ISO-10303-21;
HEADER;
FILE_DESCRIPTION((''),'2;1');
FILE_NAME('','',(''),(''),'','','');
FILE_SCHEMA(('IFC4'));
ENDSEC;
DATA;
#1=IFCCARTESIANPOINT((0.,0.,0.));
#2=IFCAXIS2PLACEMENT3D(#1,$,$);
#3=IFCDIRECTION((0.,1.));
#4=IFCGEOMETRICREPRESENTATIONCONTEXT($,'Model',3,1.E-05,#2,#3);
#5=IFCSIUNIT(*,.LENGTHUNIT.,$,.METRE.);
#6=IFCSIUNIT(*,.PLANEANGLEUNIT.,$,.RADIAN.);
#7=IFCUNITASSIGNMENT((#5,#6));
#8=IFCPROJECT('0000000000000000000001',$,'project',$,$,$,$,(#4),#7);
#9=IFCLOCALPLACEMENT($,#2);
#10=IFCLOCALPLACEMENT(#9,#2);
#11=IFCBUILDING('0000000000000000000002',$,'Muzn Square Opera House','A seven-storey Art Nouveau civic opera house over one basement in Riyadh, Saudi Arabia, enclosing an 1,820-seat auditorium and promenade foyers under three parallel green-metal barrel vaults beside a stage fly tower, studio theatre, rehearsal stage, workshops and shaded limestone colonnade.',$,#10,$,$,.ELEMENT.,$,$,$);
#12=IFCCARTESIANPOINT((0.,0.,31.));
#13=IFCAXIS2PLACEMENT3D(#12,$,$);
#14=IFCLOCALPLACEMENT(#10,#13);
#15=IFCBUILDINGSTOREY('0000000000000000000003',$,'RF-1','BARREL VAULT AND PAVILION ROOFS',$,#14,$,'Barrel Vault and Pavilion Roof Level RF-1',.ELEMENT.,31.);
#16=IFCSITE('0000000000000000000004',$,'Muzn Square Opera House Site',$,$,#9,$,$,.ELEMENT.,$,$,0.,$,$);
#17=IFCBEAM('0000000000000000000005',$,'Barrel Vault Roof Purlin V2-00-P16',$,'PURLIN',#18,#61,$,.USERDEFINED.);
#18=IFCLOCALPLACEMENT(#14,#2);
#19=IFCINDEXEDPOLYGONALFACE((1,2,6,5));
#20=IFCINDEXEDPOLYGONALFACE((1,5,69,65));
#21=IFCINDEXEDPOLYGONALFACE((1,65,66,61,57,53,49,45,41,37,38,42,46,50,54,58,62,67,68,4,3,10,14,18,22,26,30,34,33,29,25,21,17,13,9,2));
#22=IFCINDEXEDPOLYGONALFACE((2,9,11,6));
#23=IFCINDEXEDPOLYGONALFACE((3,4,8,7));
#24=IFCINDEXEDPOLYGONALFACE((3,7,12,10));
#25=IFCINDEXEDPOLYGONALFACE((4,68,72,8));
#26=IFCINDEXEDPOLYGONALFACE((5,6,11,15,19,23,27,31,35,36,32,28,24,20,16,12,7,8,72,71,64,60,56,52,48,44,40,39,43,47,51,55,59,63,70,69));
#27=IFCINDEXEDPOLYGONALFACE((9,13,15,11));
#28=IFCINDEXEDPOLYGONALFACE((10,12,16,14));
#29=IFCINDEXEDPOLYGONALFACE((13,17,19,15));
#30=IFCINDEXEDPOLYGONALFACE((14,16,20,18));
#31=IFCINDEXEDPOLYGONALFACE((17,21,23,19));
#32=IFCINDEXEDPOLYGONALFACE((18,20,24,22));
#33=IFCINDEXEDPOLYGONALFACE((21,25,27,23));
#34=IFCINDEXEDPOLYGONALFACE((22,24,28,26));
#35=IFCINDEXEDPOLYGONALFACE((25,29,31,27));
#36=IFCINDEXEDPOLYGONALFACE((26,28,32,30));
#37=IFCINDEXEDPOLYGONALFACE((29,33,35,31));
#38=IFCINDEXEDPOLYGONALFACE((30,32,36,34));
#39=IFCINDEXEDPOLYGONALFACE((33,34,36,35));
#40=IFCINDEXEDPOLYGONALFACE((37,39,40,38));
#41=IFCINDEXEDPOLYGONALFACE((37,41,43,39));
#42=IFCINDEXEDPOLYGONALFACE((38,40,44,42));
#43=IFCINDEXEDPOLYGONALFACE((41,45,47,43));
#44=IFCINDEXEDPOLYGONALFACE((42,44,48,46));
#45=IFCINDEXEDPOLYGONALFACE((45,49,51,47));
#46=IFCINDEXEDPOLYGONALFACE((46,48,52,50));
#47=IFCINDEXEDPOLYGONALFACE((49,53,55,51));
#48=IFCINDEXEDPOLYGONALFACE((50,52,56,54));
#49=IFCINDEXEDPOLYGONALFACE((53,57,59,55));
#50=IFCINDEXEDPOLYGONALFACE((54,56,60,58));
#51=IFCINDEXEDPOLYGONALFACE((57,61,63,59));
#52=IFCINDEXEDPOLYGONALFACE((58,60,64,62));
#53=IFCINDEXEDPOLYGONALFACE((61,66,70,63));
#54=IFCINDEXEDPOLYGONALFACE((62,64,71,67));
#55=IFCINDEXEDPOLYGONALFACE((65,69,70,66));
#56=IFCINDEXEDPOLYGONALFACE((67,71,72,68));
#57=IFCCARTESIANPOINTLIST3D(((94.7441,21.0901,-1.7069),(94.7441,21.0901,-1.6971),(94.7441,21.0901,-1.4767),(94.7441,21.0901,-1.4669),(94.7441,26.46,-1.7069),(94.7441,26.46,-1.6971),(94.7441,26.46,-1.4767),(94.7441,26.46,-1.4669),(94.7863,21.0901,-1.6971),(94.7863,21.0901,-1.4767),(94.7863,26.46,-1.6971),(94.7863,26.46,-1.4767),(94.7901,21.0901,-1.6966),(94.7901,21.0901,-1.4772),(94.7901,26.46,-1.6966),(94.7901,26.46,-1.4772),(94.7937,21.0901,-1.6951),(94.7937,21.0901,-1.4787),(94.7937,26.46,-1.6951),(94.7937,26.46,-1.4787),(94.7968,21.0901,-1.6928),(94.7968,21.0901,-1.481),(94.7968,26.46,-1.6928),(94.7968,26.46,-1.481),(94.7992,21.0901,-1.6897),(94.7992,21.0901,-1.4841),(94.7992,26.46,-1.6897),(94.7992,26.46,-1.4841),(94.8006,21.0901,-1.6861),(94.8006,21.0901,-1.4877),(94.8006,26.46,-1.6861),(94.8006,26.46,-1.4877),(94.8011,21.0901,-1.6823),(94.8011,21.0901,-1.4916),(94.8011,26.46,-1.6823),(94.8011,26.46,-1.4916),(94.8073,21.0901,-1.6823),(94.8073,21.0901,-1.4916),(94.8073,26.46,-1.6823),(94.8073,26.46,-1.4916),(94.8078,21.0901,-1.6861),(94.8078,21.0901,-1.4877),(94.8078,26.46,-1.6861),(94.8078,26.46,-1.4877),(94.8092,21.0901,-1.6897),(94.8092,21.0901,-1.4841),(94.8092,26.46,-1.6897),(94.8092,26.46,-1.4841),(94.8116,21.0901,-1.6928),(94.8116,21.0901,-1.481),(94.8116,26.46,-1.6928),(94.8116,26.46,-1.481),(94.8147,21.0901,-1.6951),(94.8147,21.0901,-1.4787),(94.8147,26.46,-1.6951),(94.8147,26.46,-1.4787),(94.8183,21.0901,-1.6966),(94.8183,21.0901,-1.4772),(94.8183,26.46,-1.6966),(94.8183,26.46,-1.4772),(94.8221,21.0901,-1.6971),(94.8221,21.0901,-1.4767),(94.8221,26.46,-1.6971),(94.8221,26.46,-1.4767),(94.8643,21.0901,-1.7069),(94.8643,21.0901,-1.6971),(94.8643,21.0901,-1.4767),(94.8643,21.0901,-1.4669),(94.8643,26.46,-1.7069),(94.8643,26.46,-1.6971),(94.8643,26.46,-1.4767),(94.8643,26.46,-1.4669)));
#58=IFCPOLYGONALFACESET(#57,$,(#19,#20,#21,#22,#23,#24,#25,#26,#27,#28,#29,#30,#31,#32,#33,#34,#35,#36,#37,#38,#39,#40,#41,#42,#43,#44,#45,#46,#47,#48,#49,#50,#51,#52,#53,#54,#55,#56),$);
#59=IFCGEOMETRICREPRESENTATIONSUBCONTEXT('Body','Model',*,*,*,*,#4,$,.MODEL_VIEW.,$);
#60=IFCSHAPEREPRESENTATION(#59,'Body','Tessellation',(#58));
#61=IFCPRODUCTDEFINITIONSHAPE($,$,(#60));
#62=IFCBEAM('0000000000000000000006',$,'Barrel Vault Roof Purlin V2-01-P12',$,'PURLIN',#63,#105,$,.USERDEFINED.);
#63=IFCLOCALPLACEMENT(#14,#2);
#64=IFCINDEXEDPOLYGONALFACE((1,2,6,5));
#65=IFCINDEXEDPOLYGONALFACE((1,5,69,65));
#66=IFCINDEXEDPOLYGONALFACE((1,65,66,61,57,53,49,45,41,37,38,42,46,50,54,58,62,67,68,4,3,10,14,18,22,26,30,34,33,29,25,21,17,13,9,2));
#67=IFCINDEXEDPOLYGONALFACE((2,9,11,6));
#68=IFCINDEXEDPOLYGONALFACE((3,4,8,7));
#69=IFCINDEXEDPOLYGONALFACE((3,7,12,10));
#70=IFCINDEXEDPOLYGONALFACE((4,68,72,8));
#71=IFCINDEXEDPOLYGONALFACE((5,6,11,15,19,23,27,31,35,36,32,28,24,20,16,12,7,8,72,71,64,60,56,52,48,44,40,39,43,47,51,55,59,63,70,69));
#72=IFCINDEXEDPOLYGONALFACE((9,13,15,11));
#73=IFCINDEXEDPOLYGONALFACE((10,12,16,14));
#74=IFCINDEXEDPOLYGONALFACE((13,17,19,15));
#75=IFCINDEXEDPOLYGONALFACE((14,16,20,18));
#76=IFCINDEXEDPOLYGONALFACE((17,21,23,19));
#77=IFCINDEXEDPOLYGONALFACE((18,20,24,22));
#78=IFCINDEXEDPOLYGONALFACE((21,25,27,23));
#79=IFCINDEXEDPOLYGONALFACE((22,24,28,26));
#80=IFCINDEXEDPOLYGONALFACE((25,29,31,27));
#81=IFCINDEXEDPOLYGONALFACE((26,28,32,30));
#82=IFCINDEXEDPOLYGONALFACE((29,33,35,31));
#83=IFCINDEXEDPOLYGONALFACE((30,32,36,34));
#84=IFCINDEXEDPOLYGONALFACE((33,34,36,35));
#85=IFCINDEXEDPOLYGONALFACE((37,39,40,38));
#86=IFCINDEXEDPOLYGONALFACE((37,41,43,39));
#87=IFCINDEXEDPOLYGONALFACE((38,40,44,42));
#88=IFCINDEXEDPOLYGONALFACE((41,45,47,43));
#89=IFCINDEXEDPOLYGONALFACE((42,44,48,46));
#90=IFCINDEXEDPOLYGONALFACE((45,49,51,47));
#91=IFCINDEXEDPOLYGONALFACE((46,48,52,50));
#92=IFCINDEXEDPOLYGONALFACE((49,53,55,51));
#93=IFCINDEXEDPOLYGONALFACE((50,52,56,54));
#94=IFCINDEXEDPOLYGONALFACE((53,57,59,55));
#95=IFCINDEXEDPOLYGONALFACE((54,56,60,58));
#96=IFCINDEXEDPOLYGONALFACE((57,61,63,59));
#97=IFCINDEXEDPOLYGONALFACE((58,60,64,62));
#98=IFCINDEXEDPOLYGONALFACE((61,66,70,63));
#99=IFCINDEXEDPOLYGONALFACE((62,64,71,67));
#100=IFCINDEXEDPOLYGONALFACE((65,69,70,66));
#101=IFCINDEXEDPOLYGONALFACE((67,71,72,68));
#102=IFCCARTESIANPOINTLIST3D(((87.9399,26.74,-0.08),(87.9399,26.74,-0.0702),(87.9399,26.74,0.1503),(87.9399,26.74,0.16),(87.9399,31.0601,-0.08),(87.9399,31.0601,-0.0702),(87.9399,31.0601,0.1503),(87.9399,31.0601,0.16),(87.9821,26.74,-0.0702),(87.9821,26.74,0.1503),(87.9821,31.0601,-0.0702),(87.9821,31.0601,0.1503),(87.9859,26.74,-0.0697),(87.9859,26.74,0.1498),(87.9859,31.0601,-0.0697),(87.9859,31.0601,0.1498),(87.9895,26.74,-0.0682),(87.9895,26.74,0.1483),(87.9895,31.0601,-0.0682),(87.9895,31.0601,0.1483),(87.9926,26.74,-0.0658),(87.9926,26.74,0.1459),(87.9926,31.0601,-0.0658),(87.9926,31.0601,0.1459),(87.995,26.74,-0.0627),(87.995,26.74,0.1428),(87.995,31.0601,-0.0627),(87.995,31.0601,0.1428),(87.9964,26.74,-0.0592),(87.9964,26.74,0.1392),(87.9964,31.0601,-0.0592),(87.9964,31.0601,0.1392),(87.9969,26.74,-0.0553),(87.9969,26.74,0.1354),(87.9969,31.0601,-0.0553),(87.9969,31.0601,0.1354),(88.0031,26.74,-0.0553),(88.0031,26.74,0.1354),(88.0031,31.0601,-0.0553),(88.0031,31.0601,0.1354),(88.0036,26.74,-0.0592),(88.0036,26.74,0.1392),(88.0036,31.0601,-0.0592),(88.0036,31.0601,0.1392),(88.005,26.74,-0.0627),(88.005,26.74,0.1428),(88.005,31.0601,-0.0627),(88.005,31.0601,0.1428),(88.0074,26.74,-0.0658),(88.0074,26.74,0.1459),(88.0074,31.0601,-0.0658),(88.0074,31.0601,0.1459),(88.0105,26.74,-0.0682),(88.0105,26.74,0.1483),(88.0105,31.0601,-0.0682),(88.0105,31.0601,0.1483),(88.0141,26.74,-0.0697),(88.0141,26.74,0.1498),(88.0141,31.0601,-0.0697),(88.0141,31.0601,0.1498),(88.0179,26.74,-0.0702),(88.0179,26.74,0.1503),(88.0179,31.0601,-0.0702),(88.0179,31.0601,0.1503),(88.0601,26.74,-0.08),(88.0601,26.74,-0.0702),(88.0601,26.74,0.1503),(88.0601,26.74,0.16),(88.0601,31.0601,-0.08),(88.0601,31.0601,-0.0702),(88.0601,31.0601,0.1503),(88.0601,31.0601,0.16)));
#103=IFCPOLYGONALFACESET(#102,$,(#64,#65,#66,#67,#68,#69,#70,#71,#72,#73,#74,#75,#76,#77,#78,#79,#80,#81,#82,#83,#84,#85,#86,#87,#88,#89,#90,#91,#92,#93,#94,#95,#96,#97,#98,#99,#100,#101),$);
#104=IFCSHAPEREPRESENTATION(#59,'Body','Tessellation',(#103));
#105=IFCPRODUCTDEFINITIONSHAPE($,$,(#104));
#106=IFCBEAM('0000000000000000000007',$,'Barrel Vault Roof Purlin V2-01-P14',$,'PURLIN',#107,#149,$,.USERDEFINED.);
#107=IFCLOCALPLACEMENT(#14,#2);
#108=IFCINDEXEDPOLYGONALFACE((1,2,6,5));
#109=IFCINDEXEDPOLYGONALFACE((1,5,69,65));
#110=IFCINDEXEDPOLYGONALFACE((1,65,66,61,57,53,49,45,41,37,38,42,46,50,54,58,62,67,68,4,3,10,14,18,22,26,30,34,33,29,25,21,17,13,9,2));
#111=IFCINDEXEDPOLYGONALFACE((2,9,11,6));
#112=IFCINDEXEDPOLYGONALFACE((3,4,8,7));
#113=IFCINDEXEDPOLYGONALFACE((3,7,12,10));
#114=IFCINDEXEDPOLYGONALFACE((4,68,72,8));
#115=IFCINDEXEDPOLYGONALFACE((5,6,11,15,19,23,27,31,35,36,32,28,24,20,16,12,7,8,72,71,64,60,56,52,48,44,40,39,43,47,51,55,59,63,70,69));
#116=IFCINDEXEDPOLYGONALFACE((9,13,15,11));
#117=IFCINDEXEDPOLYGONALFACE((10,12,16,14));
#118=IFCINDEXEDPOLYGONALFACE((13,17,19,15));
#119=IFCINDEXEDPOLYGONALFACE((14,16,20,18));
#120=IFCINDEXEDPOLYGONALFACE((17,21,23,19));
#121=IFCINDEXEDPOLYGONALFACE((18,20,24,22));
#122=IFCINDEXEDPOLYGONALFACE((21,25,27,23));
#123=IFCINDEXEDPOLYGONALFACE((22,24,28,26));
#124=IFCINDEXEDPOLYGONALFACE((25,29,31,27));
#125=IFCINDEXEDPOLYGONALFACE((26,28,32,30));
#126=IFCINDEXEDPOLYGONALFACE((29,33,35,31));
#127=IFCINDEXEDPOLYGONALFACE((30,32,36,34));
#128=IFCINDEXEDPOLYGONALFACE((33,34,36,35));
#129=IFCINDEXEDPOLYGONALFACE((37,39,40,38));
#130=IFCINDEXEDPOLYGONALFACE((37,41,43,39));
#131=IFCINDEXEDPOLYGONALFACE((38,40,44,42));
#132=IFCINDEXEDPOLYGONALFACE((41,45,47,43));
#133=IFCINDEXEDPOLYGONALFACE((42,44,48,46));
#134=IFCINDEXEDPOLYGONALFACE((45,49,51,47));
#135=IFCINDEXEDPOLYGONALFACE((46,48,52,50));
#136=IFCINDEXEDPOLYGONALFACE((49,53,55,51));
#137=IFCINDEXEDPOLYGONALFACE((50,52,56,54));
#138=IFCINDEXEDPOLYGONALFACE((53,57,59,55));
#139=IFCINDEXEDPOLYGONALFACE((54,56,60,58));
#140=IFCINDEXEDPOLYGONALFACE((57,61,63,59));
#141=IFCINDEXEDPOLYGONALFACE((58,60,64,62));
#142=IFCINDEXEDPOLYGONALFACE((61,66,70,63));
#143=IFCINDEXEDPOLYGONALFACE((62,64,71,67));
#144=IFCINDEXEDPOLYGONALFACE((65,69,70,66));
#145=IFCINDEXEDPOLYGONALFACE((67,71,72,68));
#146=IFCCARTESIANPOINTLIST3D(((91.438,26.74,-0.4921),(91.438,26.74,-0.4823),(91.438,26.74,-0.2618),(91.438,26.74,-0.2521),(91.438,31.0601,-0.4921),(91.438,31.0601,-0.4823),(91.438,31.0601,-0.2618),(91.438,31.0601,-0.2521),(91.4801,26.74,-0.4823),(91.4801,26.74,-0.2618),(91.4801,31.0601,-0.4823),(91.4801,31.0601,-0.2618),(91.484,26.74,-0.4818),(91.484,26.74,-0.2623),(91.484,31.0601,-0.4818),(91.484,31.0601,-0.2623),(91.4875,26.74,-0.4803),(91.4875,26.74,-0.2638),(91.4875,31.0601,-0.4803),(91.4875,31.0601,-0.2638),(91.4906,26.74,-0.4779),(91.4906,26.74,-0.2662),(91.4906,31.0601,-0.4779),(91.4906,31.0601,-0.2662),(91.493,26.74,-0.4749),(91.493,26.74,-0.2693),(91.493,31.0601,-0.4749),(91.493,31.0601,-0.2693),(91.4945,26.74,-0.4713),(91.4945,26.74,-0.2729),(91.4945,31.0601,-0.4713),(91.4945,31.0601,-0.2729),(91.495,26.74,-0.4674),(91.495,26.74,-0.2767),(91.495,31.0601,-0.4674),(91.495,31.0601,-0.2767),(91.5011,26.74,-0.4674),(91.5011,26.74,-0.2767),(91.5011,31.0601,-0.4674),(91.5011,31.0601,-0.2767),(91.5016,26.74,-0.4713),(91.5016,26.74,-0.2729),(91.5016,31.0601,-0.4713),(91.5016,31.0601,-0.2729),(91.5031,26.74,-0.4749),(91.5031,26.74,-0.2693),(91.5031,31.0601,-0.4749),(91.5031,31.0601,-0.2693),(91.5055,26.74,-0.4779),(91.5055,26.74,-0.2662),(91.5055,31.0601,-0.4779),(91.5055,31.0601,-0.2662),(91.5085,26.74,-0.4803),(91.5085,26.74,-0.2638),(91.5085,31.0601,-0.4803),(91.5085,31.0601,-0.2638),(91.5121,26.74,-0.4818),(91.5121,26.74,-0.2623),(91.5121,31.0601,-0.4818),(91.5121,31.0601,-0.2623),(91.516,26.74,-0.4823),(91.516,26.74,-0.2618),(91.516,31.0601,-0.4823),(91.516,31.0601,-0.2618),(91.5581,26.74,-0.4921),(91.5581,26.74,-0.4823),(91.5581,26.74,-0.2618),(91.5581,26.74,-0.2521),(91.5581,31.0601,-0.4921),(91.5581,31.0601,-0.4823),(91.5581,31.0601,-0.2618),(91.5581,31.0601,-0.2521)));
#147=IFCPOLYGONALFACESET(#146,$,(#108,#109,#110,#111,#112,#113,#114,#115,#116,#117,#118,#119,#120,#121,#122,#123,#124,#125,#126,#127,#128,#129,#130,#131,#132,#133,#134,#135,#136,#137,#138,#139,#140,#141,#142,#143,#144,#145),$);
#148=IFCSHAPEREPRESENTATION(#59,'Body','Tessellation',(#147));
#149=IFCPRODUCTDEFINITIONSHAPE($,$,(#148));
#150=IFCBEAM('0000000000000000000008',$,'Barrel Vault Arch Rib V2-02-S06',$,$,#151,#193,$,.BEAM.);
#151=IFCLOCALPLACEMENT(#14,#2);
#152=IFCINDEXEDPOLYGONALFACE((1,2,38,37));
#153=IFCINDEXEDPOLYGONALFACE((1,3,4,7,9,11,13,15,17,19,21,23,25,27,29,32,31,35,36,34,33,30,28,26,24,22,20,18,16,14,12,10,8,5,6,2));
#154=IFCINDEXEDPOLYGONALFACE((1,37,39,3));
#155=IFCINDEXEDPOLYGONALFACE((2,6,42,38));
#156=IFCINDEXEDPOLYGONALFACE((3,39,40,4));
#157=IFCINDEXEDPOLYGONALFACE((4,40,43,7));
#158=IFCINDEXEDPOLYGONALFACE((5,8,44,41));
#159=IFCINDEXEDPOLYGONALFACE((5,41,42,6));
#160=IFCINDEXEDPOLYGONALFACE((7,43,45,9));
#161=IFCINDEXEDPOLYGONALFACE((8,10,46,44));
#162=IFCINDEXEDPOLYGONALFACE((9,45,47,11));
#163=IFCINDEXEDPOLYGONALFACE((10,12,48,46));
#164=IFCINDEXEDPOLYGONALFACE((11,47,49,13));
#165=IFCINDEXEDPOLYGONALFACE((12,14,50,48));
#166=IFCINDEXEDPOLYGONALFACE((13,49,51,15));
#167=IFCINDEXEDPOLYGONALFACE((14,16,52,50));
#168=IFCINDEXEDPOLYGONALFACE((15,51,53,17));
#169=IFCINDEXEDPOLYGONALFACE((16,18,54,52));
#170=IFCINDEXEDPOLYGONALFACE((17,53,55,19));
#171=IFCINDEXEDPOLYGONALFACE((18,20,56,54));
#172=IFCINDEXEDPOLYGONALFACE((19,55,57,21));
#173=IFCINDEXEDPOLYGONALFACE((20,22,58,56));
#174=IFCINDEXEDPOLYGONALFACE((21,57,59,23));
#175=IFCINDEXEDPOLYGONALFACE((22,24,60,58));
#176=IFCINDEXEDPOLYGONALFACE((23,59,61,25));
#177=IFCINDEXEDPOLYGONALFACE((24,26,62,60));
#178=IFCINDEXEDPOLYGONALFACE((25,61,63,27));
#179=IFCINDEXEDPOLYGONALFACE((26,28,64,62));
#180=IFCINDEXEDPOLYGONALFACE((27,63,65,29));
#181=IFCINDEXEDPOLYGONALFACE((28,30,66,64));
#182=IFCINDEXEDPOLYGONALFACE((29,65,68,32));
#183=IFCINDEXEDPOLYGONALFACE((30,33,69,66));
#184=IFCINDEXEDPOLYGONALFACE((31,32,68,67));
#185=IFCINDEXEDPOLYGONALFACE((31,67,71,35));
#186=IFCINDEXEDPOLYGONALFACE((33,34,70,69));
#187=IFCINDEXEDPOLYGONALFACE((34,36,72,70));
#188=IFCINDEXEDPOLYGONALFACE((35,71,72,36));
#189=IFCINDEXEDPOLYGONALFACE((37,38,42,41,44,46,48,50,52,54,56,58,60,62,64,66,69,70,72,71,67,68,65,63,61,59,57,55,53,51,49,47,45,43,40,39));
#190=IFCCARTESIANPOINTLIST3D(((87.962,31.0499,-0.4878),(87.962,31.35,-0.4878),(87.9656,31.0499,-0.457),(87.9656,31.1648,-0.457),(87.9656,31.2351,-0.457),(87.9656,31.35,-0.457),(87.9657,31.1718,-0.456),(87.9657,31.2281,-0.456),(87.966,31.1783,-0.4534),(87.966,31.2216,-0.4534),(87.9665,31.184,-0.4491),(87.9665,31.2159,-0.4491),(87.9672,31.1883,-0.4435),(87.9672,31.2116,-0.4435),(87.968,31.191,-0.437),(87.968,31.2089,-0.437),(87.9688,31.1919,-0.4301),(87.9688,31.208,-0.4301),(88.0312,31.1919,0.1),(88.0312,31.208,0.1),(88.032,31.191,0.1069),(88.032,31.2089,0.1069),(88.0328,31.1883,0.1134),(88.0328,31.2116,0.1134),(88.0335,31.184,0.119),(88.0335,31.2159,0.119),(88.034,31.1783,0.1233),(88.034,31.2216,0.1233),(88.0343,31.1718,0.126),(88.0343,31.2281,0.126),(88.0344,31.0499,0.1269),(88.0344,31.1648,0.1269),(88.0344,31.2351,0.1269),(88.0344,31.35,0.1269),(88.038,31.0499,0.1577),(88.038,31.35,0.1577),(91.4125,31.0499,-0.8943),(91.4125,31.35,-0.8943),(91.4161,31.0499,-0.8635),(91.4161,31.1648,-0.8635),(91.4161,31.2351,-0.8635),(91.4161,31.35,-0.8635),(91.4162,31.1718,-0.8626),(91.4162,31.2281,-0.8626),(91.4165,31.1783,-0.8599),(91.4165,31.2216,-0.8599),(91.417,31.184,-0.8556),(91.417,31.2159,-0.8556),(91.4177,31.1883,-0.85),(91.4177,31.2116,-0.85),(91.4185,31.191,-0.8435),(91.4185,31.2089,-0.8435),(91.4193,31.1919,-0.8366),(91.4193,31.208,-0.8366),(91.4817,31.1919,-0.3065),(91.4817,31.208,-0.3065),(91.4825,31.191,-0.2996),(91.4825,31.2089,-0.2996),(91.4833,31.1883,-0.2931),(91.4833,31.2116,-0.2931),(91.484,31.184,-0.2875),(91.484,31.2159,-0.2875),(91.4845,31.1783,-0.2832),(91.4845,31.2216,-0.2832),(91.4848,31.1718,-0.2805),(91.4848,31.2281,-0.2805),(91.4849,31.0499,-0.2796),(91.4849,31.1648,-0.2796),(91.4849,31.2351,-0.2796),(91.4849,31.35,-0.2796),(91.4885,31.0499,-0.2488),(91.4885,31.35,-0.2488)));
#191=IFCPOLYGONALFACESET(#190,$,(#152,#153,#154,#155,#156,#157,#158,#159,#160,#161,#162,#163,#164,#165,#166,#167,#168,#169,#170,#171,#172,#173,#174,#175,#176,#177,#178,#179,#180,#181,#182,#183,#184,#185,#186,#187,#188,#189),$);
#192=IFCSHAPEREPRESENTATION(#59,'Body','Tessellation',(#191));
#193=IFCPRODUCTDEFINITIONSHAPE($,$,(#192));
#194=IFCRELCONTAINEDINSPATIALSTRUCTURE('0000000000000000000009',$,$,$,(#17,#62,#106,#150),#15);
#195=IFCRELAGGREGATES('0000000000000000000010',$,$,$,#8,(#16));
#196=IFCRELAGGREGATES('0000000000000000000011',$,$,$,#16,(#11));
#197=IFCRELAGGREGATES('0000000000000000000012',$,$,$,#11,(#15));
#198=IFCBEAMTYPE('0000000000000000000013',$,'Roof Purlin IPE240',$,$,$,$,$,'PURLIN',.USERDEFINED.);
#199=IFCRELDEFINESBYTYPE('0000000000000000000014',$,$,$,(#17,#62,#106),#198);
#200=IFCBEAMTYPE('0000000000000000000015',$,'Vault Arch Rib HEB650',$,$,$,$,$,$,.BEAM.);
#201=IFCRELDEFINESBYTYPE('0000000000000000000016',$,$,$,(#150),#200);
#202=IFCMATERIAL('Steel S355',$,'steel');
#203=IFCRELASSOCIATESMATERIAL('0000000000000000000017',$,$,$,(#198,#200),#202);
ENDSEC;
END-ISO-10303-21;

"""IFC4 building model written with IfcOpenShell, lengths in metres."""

from ifc_helpers import new_model, si_unit, direction, frame, origin, origin_2d, place, context, subcontext, project, spatial, i_section, extrude, material, material_profile, profile_set, type_object, element, save


model = new_model("IFC4")

# Units and contexts
model_context = context("Model", 3, precision=1e-05, world=origin(), true_north=direction((0.0, 1.0)))
body_context = subcontext(model_context, "Body", "Model", "MODEL_VIEW")
ifc_project = project(units=[si_unit("LENGTHUNIT", "METRE"), si_unit("PLANEANGLEUNIT", "RADIAN")], contexts=[model_context])

# Site, building, storey
site_placement = place(None, origin())
site = spatial("IfcSite", under=ifc_project, at=site_placement, Name="Muzn Square Opera House Site", CompositionType="ELEMENT", RefElevation=0.0)
building_placement = place(site_placement, origin())
building = spatial("IfcBuilding", under=site, at=building_placement, Name="Muzn Square Opera House", Description="A seven-storey Art Nouveau civic opera house over one basement in Riyadh, Saudi Arabia, enclosing an 1,820-seat auditorium and promenade foyers under three parallel green-metal barrel vaults beside a stage fly tower, studio theatre, rehearsal stage, workshops and shaded limestone colonnade.", CompositionType="ELEMENT")
storey_placement = place(building_placement, frame((0.0, 0.0, 31.0)))
storey = spatial("IfcBuildingStorey", under=building, at=storey_placement, Name="RF-1", Description="BARREL VAULT AND PAVILION ROOFS", LongName="Barrel Vault and Pavilion Roof Level RF-1", CompositionType="ELEMENT", Elevation=31.0)

# Beams
ifc_material_1 = material(Name="Steel S355", Category="steel")
ifc_material_profile_1 = material_profile(ifc_material_1, i_section(OverallWidth=0.1201, OverallDepth=0.24, WebThickness=0.0061, FlangeThickness=0.0098, FilletRadius=0.0149, at=origin_2d()), Name="IPE 240", Category="steel")
ifc_profile_set_1 = profile_set([ifc_material_profile_1], Name="Steel S355")
beam_type_1 = type_object("IfcBeamType", Name="Roof Purlin IPE240", ElementType="PURLIN", PredefinedType="USERDEFINED", material=ifc_profile_set_1)
for number, where, z_axis, x_axis, name in (
    (1, (94.8042, 21.0901, -1.5869), (0.0, 1.0, 0.0), (-1.0, 0.0, 0.0), "Barrel Vault Roof Purlin V2-00-P16"),
):
    element("IfcBeam", number, at=place(storey_placement, frame(where, z_axis=z_axis, x_axis=x_axis)), inside=storey, type_object=beam_type_1, Name=name, ObjectType="PURLIN", PredefinedType="USERDEFINED", context=body_context, shape_type="SweptSolid", body=[
        extrude(i_section(OverallWidth=0.1201, OverallDepth=0.24, WebThickness=0.0061, FlangeThickness=0.0098, FilletRadius=0.0149, at=origin_2d()), origin(), (0.0, 0.0, 1.0), 5.3699),
    ])
for number, where, z_axis, x_axis, name in (
    (2, (88.0, 26.74, 0.04), (0.0, 1.0, 0.0), (-1.0, 0.0, 0.0), "Barrel Vault Roof Purlin V2-01-P12"),
    (3, (91.498, 26.74, -0.3721), (0.0, 1.0, 0.0), (-1.0, 0.0, 0.0), "Barrel Vault Roof Purlin V2-01-P14"),
):
    element("IfcBeam", number, at=place(storey_placement, frame(where, z_axis=z_axis, x_axis=x_axis)), inside=storey, type_object=beam_type_1, Name=name, ObjectType="PURLIN", PredefinedType="USERDEFINED", context=body_context, shape_type="SweptSolid", body=[
        extrude(i_section(OverallWidth=0.1201, OverallDepth=0.24, WebThickness=0.0061, FlangeThickness=0.0098, FilletRadius=0.0149, at=origin_2d()), origin(), (0.0, 0.0, 1.0), 4.3201),
    ])
ifc_material_profile_2 = material_profile(ifc_material_1, i_section(OverallWidth=0.3, OverallDepth=0.6499, WebThickness=0.0161, FlangeThickness=0.031, FilletRadius=0.0271, at=origin_2d()), Name="HEB 650", Category="steel")
ifc_profile_set_2 = profile_set([ifc_material_profile_2], Name="Steel S355")
beam_type_2 = type_object("IfcBeamType", Name="Vault Arch Rib HEB650", PredefinedType="BEAM", material=ifc_profile_set_2)
beam_1_placement = place(storey_placement, frame((88.0, 31.2, -0.165), z_axis=(0.993132, 0.0, -0.117), x_axis=(0.0, 1.0, 0.0)))
element("IfcBeam", 4, at=beam_1_placement, inside=storey, type_object=beam_type_2, Name="Barrel Vault Arch Rib V2-02-S06", PredefinedType="BEAM", context=body_context, shape_type="SweptSolid", body=[
    extrude(i_section(OverallWidth=0.3, OverallDepth=0.6499, WebThickness=0.0161, FlangeThickness=0.031, FilletRadius=0.0271, at=origin_2d()), origin(), (0.0, 0.0, 1.0), 3.4744),
])

save(model, "model.ifc")
